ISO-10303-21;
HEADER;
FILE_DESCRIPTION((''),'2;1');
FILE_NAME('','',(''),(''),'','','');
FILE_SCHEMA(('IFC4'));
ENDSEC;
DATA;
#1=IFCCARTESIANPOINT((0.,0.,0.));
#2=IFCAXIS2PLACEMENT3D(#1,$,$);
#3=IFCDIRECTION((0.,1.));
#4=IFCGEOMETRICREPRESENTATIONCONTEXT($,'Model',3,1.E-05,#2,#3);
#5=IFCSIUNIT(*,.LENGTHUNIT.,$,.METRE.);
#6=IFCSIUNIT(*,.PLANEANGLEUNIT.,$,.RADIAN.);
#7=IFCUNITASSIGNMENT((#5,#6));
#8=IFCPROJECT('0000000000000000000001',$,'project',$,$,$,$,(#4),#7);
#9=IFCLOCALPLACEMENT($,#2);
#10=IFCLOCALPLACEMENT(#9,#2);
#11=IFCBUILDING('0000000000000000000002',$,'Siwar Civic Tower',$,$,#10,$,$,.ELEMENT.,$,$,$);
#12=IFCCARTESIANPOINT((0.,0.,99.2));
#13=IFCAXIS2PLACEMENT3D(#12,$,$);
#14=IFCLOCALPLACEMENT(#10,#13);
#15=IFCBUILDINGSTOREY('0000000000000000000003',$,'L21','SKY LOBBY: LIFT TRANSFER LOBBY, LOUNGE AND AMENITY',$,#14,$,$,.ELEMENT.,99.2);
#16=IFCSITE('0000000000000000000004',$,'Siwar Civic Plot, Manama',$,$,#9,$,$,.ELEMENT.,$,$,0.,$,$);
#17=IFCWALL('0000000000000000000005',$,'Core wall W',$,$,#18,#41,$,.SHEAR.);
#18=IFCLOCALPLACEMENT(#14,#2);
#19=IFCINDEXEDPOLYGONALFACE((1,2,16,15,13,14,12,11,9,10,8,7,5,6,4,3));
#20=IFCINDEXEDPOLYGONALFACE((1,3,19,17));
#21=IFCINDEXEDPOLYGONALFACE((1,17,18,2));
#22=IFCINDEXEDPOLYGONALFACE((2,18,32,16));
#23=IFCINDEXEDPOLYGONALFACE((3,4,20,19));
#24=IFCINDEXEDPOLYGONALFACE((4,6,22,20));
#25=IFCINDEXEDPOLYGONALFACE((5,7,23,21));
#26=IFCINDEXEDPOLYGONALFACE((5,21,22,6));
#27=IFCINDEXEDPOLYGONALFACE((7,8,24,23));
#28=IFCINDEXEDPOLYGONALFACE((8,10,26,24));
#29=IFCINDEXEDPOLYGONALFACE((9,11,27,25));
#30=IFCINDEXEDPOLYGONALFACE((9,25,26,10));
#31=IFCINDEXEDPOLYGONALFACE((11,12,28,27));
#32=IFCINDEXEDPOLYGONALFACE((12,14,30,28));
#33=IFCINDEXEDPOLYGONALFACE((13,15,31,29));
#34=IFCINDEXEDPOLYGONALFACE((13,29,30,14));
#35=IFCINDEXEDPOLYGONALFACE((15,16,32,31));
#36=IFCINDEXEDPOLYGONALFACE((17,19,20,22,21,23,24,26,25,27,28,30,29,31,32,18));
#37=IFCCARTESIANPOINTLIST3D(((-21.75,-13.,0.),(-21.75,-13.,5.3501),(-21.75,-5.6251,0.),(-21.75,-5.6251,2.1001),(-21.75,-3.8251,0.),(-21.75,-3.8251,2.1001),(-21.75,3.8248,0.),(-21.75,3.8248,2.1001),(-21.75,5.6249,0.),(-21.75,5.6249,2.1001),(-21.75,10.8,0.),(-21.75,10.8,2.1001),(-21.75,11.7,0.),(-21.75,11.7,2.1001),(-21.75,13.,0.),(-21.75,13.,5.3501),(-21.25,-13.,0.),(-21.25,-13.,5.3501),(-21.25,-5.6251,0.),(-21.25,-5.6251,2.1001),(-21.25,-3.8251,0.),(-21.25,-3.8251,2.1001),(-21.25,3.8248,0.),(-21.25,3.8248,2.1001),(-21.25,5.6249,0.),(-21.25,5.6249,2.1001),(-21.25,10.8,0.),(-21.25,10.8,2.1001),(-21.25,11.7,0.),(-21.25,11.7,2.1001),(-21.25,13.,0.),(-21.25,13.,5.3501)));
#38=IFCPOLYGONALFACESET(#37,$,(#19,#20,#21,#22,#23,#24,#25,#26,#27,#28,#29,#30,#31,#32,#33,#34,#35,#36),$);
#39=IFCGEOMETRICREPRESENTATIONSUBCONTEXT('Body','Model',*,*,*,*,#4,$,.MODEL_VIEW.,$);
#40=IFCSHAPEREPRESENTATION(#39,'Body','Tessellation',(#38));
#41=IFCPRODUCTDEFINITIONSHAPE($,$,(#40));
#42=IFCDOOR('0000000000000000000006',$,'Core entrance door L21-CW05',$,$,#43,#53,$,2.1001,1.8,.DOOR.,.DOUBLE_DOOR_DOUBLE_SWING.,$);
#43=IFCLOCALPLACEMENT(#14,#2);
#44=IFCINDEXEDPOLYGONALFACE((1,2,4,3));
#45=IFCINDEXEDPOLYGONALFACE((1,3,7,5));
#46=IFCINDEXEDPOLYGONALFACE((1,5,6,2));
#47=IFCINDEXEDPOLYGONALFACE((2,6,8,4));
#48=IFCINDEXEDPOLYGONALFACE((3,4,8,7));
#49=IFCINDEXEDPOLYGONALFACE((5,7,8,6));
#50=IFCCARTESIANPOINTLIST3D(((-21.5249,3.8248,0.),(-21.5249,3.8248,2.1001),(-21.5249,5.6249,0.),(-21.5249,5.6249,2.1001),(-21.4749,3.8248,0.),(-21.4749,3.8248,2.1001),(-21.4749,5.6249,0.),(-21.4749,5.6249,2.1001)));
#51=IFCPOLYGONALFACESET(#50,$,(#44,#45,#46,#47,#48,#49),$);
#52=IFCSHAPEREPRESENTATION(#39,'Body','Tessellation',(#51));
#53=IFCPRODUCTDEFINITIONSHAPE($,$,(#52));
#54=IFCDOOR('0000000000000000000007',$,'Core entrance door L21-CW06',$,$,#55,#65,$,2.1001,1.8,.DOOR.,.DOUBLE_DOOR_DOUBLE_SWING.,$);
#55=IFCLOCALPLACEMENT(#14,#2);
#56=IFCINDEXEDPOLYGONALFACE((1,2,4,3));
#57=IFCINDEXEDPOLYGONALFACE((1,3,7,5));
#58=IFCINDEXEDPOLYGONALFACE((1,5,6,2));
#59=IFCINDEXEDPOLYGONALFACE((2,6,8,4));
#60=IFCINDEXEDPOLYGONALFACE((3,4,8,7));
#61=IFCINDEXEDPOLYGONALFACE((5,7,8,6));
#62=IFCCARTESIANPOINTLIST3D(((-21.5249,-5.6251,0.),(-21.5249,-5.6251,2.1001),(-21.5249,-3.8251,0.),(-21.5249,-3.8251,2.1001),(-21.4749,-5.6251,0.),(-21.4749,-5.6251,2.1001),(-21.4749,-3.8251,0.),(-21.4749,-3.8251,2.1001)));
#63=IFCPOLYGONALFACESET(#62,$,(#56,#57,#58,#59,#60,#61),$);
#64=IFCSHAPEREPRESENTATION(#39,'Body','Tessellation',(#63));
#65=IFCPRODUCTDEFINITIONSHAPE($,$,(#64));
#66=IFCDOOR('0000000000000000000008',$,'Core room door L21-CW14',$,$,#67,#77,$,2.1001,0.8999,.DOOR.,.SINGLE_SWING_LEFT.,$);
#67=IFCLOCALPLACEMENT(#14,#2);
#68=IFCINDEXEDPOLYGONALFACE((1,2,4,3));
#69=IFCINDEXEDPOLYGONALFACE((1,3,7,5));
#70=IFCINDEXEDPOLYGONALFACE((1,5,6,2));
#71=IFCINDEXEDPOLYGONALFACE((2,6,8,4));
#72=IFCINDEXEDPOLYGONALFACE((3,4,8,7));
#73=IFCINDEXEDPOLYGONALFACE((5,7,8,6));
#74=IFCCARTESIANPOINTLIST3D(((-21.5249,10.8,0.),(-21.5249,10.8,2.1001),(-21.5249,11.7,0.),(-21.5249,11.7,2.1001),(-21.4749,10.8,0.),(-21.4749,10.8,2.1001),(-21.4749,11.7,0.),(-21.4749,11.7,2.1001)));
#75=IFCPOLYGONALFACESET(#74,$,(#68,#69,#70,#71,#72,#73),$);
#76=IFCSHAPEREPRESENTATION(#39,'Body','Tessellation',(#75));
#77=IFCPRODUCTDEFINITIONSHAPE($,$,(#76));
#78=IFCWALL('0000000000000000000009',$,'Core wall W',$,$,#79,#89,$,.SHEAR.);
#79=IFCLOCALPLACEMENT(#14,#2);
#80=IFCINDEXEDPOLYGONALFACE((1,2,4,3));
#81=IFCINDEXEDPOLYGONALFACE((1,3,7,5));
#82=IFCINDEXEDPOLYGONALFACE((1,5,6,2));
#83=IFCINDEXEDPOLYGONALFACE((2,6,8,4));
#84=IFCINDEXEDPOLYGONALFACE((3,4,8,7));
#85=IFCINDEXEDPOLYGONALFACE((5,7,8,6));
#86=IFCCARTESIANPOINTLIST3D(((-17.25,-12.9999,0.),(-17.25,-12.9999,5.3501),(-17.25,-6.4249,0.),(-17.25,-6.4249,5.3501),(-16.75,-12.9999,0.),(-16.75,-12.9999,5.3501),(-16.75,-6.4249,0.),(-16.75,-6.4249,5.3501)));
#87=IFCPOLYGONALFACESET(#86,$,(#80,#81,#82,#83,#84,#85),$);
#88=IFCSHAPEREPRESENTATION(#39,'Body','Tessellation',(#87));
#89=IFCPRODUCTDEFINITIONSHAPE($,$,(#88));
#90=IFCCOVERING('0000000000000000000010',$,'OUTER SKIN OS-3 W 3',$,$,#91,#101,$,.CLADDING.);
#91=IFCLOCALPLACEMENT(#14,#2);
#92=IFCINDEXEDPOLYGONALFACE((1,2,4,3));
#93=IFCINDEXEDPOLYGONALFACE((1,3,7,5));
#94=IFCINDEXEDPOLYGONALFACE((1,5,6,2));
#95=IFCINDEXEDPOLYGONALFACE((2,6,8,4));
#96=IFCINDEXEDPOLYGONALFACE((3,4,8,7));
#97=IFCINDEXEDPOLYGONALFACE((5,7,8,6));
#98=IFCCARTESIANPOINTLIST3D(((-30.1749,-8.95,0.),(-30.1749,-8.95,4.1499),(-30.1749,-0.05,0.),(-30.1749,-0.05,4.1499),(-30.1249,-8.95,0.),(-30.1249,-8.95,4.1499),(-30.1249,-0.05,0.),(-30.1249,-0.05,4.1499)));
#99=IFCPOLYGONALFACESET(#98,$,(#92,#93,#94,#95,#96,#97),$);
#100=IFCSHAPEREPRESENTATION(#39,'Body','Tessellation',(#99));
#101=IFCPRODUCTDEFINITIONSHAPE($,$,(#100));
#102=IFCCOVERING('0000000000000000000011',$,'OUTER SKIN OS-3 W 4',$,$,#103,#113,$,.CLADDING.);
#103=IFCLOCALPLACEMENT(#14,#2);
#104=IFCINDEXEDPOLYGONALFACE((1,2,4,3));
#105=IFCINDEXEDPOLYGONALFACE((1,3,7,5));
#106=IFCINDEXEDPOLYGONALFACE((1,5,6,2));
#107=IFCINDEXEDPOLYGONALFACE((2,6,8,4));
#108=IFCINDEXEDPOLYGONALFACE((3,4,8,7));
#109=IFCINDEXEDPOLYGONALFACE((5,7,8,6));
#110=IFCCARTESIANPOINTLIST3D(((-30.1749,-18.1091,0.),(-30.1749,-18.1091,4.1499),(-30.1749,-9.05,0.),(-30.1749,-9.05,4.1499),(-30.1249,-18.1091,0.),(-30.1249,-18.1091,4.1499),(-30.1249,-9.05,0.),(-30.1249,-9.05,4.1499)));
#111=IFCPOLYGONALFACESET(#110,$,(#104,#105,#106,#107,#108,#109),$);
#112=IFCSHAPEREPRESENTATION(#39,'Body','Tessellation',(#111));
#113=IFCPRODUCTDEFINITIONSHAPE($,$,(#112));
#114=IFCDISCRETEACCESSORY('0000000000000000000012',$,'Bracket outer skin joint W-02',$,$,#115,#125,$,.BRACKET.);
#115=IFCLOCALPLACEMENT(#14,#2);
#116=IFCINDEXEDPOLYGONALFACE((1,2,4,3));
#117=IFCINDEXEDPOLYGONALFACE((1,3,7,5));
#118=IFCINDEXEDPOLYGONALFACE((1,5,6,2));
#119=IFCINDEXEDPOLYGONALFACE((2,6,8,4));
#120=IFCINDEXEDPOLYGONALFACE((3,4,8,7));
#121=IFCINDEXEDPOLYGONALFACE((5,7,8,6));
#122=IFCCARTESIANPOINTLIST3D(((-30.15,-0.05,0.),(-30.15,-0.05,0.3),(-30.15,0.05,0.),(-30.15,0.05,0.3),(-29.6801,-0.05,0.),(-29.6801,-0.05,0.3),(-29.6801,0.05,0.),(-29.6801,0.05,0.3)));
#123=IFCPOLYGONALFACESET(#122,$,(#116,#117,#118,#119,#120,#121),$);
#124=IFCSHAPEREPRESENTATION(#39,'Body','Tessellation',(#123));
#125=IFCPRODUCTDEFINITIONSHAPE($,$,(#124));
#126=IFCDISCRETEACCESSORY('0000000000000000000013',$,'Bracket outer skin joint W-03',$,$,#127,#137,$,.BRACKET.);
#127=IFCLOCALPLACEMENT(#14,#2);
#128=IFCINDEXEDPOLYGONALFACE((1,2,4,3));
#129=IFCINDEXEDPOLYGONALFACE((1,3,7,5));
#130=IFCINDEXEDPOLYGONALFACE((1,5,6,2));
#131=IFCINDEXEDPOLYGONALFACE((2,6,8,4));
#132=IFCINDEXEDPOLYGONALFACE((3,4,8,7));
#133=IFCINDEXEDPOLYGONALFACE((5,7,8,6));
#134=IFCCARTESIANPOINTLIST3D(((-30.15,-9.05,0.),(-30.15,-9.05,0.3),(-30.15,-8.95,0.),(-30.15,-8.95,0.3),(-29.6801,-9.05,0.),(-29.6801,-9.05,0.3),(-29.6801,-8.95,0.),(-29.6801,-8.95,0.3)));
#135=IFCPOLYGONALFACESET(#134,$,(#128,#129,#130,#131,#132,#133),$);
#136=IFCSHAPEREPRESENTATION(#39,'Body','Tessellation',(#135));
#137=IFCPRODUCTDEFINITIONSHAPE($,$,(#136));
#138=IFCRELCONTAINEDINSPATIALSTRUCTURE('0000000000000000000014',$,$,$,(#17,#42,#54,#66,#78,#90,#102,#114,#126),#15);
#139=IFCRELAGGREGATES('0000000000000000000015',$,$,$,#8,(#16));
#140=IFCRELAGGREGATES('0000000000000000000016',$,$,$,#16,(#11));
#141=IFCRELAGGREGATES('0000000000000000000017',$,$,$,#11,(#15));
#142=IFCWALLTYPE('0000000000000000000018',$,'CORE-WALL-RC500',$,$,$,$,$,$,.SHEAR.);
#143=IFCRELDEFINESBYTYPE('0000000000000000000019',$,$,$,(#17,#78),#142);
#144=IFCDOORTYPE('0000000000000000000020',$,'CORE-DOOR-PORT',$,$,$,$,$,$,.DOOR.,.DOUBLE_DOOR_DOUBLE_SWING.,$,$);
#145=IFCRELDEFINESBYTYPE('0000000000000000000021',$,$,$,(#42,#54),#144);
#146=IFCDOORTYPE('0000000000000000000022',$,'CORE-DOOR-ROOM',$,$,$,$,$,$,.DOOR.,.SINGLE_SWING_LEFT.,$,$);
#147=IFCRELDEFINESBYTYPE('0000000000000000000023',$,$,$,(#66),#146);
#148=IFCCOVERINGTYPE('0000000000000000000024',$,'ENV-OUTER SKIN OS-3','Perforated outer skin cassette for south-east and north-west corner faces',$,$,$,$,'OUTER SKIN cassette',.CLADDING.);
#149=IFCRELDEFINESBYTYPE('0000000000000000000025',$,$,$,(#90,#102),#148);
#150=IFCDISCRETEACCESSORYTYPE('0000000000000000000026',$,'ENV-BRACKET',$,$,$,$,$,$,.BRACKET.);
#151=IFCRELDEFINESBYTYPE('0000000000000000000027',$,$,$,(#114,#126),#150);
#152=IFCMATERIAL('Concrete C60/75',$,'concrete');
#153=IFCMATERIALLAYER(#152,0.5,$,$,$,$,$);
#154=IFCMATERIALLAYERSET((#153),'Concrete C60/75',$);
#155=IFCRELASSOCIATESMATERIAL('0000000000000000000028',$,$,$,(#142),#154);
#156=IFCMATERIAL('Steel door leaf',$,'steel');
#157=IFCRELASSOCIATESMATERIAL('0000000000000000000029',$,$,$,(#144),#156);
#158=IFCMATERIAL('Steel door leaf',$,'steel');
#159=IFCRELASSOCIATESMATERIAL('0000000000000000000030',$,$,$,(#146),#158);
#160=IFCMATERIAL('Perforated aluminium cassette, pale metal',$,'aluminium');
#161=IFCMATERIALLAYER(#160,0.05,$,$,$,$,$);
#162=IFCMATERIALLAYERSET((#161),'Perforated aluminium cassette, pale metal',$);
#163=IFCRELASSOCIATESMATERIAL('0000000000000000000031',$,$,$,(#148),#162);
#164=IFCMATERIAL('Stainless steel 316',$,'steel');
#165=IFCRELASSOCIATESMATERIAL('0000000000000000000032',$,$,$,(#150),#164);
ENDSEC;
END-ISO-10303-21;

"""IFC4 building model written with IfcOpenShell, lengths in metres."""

from ifc_helpers import new_model, si_unit, direction, frame, frame_2d, origin, origin_2d, place, context, subcontext, project, spatial, rectangle, extrude, material, layer, layer_set, type_object, element, fill, save


model = new_model("IFC4")

# Units and contexts
model_context = context("Model", 3, precision=1e-05, world=origin(), true_north=direction((0.0, 1.0)))
body_context = subcontext(model_context, "Body", "Model", "MODEL_VIEW")
ifc_project = project(units=[si_unit("LENGTHUNIT", "METRE"), si_unit("PLANEANGLEUNIT", "RADIAN")], contexts=[model_context])

# Site, building, storey
site_placement = place(None, origin())
site = spatial("IfcSite", under=ifc_project, at=site_placement, Name="Siwar Civic Plot, Manama", CompositionType="ELEMENT", RefElevation=0.0)
building_placement = place(site_placement, origin())
building = spatial("IfcBuilding", under=site, at=building_placement, Name="Siwar Civic Tower", CompositionType="ELEMENT")
storey_placement = place(building_placement, frame((0.0, 0.0, 99.2)))
storey = spatial("IfcBuildingStorey", under=building, at=storey_placement, Name="L21", Description="SKY LOBBY: LIFT TRANSFER LOBBY, LOUNGE AND AMENITY", CompositionType="ELEMENT", Elevation=99.2)

# Wall, openings, doors
ifc_material_1 = material(Name="Concrete C60/75", Category="concrete")
ifc_layer_1 = layer(ifc_material_1, 0.5)
ifc_layer_set_1 = layer_set([ifc_layer_1], Name="Concrete C60/75")
wall_type_1 = type_object("IfcWallType", Name="CORE-WALL-RC500", PredefinedType="SHEAR", material=ifc_layer_set_1)
wall_1_placement = place(storey_placement, frame((-21.5, -13.0, 0.0), z_axis=(0.0, 0.0, 1.0), x_axis=(0.0, 1.0, 0.0)))
wall_1 = element("IfcWall", 1, at=wall_1_placement, inside=storey, type_object=wall_type_1, Name="Core wall W", PredefinedType="SHEAR", context=body_context, shape_type="SweptSolid", body=[
    extrude(rectangle(XDim=26.0, YDim=0.5, at=frame_2d((13.0, 0.0))), origin(), (0.0, 0.0, 1.0), 5.3501),
])
opening_1_placement = place(wall_1_placement, frame((16.825, 0.0, 0.0)))
opening_1 = element("IfcOpeningElement", 2, at=opening_1_placement, cuts=wall_1, PredefinedType="OPENING", context=body_context, shape_type="SweptSolid", body=[
    extrude(rectangle(XDim=1.8, YDim=2.1001, at=frame_2d((0.8999, 1.05))), frame((0.0, 0.26, 0.0), z_axis=(0.0, -1.0, 0.0), x_axis=(1.0, 0.0, 0.0)), (0.0, 0.0, 1.0), 0.52),
])
opening_2_placement = place(wall_1_placement, frame((7.375, 0.0, 0.0)))
opening_2 = element("IfcOpeningElement", 3, at=opening_2_placement, cuts=wall_1, PredefinedType="OPENING", context=body_context, shape_type="SweptSolid", body=[
    extrude(rectangle(XDim=1.8, YDim=2.1001, at=frame_2d((0.8999, 1.05))), frame((0.0, 0.26, 0.0), z_axis=(0.0, -1.0, 0.0), x_axis=(1.0, 0.0, 0.0)), (0.0, 0.0, 1.0), 0.52),
])
opening_3_placement = place(wall_1_placement, frame((23.8, 0.0, 0.0)))
opening_3 = element("IfcOpeningElement", 4, at=opening_3_placement, cuts=wall_1, PredefinedType="OPENING", context=body_context, shape_type="SweptSolid", body=[
    extrude(rectangle(XDim=0.8999, YDim=2.1001, at=frame_2d((0.45, 1.05))), frame((0.0, 0.26, 0.0), z_axis=(0.0, -1.0, 0.0), x_axis=(1.0, 0.0, 0.0)), (0.0, 0.0, 1.0), 0.52),
])
ifc_material_2 = material(Name="Steel door leaf", Category="steel")
door_type_1 = type_object("IfcDoorType", Name="CORE-DOOR-PORT", OperationType="DOUBLE_DOOR_DOUBLE_SWING", PredefinedType="DOOR", material=ifc_material_2)
door_1_placement = place(opening_1_placement, origin())
door_1 = element("IfcDoor", 5, at=door_1_placement, inside=storey, type_object=door_type_1, Name="Core entrance door L21-CW05", OperationType="DOUBLE_DOOR_DOUBLE_SWING", OverallHeight=2.1001, OverallWidth=1.8, PredefinedType="DOOR", context=body_context, shape_type="SweptSolid", body=[
    extrude(rectangle(XDim=1.8, YDim=2.1001, at=frame_2d((0.8999, 1.05))), frame((0.0, 0.0249, 0.0), z_axis=(0.0, -1.0, 0.0), x_axis=(1.0, 0.0, 0.0)), (0.0, 0.0, 1.0), 0.05),
])
fill(opening_1, door_1)
door_2_placement = place(opening_2_placement, origin())
door_2 = element("IfcDoor", 6, at=door_2_placement, inside=storey, type_object=door_type_1, Name="Core entrance door L21-CW06", OperationType="DOUBLE_DOOR_DOUBLE_SWING", OverallHeight=2.1001, OverallWidth=1.8, PredefinedType="DOOR", context=body_context, shape_type="SweptSolid", body=[
    extrude(rectangle(XDim=1.8, YDim=2.1001, at=frame_2d((0.8999, 1.05))), frame((0.0, 0.0249, 0.0), z_axis=(0.0, -1.0, 0.0), x_axis=(1.0, 0.0, 0.0)), (0.0, 0.0, 1.0), 0.05),
])
fill(opening_2, door_2)
ifc_material_3 = material(Name="Steel door leaf", Category="steel")
door_type_2 = type_object("IfcDoorType", Name="CORE-DOOR-ROOM", OperationType="SINGLE_SWING_LEFT", PredefinedType="DOOR", material=ifc_material_3)
door_3_placement = place(opening_3_placement, origin())
door_3 = element("IfcDoor", 7, at=door_3_placement, inside=storey, type_object=door_type_2, Name="Core room door L21-CW14", OperationType="SINGLE_SWING_LEFT", OverallHeight=2.1001, OverallWidth=0.8999, PredefinedType="DOOR", context=body_context, shape_type="SweptSolid", body=[
    extrude(rectangle(XDim=0.8999, YDim=2.1001, at=frame_2d((0.45, 1.05))), frame((0.0, 0.0249, 0.0), z_axis=(0.0, -1.0, 0.0), x_axis=(1.0, 0.0, 0.0)), (0.0, 0.0, 1.0), 0.05),
])
fill(opening_3, door_3)

# Wall
wall_2_placement = place(storey_placement, frame((-17.0, -13.0, 0.0), z_axis=(0.0, 0.0, 1.0), x_axis=(0.0, 1.0, 0.0)))
element("IfcWall", 8, at=wall_2_placement, inside=storey, type_object=wall_type_1, Name="Core wall W", PredefinedType="SHEAR", context=body_context, shape_type="SweptSolid", body=[
    extrude(rectangle(XDim=6.575, YDim=0.5, at=frame_2d((3.2876, 0.0))), origin(), (0.0, 0.0, 1.0), 5.3501),
])

# Coverings
ifc_material_4 = material(Name="Perforated aluminium cassette, pale metal", Category="aluminium")
ifc_layer_2 = layer(ifc_material_4, 0.05)
ifc_layer_set_2 = layer_set([ifc_layer_2], Name="Perforated aluminium cassette, pale metal")
covering_type = type_object("IfcCoveringType", Name="ENV-OUTER SKIN OS-3", Description="Perforated outer skin cassette for south-east and north-west corner faces", ElementType="OUTER SKIN cassette", PredefinedType="CLADDING", material=ifc_layer_set_2)
covering_1_placement = place(storey_placement, frame((-30.1499, -4.5, 0.0), z_axis=(0.0, 0.0, 1.0), x_axis=(0.0, -1.0, 0.0)))
element("IfcCovering", 9, at=covering_1_placement, inside=storey, type_object=covering_type, Name="OUTER SKIN OS-3 W 3", PredefinedType="CLADDING", context=body_context, shape_type="SweptSolid", body=[
    extrude(rectangle(XDim=8.8999, YDim=0.05, at=origin_2d()), origin(), (0.0, 0.0, 1.0), 4.1499),
])
covering_2_placement = place(storey_placement, frame((-30.1499, -13.5796, 0.0), z_axis=(0.0, 0.0, 1.0), x_axis=(0.0, -1.0, 0.0)))
element("IfcCovering", 10, at=covering_2_placement, inside=storey, type_object=covering_type, Name="OUTER SKIN OS-3 W 4", PredefinedType="CLADDING", context=body_context, shape_type="SweptSolid", body=[
    extrude(rectangle(XDim=9.0591, YDim=0.05, at=origin_2d()), origin(), (0.0, 0.0, 1.0), 4.1499),
])

# Discrete accessories
ifc_material_5 = material(Name="Stainless steel 316", Category="steel")
discrete_accessory_type = type_object("IfcDiscreteAccessoryType", Name="ENV-BRACKET", PredefinedType="BRACKET", material=ifc_material_5)
for number, where, z_axis, x_axis, name in (
    (11, (-29.915, 0.0, 0.0), (0.0, 0.0, 1.0), (-1.0, 0.0, 0.0), "Bracket outer skin joint W-02"),
    (12, (-29.915, -9.0, 0.0), (0.0, 0.0, 1.0), (-1.0, 0.0, 0.0), "Bracket outer skin joint W-03"),
):
    element("IfcDiscreteAccessory", number, at=place(storey_placement, frame(where, z_axis=z_axis, x_axis=x_axis)), inside=storey, type_object=discrete_accessory_type, Name=name, PredefinedType="BRACKET", context=body_context, shape_type="SweptSolid", body=[
        extrude(rectangle(XDim=0.47, YDim=0.1001, at=origin_2d()), origin(), (0.0, 0.0, 1.0), 0.3),
    ])

save(model, "model.ifc")
